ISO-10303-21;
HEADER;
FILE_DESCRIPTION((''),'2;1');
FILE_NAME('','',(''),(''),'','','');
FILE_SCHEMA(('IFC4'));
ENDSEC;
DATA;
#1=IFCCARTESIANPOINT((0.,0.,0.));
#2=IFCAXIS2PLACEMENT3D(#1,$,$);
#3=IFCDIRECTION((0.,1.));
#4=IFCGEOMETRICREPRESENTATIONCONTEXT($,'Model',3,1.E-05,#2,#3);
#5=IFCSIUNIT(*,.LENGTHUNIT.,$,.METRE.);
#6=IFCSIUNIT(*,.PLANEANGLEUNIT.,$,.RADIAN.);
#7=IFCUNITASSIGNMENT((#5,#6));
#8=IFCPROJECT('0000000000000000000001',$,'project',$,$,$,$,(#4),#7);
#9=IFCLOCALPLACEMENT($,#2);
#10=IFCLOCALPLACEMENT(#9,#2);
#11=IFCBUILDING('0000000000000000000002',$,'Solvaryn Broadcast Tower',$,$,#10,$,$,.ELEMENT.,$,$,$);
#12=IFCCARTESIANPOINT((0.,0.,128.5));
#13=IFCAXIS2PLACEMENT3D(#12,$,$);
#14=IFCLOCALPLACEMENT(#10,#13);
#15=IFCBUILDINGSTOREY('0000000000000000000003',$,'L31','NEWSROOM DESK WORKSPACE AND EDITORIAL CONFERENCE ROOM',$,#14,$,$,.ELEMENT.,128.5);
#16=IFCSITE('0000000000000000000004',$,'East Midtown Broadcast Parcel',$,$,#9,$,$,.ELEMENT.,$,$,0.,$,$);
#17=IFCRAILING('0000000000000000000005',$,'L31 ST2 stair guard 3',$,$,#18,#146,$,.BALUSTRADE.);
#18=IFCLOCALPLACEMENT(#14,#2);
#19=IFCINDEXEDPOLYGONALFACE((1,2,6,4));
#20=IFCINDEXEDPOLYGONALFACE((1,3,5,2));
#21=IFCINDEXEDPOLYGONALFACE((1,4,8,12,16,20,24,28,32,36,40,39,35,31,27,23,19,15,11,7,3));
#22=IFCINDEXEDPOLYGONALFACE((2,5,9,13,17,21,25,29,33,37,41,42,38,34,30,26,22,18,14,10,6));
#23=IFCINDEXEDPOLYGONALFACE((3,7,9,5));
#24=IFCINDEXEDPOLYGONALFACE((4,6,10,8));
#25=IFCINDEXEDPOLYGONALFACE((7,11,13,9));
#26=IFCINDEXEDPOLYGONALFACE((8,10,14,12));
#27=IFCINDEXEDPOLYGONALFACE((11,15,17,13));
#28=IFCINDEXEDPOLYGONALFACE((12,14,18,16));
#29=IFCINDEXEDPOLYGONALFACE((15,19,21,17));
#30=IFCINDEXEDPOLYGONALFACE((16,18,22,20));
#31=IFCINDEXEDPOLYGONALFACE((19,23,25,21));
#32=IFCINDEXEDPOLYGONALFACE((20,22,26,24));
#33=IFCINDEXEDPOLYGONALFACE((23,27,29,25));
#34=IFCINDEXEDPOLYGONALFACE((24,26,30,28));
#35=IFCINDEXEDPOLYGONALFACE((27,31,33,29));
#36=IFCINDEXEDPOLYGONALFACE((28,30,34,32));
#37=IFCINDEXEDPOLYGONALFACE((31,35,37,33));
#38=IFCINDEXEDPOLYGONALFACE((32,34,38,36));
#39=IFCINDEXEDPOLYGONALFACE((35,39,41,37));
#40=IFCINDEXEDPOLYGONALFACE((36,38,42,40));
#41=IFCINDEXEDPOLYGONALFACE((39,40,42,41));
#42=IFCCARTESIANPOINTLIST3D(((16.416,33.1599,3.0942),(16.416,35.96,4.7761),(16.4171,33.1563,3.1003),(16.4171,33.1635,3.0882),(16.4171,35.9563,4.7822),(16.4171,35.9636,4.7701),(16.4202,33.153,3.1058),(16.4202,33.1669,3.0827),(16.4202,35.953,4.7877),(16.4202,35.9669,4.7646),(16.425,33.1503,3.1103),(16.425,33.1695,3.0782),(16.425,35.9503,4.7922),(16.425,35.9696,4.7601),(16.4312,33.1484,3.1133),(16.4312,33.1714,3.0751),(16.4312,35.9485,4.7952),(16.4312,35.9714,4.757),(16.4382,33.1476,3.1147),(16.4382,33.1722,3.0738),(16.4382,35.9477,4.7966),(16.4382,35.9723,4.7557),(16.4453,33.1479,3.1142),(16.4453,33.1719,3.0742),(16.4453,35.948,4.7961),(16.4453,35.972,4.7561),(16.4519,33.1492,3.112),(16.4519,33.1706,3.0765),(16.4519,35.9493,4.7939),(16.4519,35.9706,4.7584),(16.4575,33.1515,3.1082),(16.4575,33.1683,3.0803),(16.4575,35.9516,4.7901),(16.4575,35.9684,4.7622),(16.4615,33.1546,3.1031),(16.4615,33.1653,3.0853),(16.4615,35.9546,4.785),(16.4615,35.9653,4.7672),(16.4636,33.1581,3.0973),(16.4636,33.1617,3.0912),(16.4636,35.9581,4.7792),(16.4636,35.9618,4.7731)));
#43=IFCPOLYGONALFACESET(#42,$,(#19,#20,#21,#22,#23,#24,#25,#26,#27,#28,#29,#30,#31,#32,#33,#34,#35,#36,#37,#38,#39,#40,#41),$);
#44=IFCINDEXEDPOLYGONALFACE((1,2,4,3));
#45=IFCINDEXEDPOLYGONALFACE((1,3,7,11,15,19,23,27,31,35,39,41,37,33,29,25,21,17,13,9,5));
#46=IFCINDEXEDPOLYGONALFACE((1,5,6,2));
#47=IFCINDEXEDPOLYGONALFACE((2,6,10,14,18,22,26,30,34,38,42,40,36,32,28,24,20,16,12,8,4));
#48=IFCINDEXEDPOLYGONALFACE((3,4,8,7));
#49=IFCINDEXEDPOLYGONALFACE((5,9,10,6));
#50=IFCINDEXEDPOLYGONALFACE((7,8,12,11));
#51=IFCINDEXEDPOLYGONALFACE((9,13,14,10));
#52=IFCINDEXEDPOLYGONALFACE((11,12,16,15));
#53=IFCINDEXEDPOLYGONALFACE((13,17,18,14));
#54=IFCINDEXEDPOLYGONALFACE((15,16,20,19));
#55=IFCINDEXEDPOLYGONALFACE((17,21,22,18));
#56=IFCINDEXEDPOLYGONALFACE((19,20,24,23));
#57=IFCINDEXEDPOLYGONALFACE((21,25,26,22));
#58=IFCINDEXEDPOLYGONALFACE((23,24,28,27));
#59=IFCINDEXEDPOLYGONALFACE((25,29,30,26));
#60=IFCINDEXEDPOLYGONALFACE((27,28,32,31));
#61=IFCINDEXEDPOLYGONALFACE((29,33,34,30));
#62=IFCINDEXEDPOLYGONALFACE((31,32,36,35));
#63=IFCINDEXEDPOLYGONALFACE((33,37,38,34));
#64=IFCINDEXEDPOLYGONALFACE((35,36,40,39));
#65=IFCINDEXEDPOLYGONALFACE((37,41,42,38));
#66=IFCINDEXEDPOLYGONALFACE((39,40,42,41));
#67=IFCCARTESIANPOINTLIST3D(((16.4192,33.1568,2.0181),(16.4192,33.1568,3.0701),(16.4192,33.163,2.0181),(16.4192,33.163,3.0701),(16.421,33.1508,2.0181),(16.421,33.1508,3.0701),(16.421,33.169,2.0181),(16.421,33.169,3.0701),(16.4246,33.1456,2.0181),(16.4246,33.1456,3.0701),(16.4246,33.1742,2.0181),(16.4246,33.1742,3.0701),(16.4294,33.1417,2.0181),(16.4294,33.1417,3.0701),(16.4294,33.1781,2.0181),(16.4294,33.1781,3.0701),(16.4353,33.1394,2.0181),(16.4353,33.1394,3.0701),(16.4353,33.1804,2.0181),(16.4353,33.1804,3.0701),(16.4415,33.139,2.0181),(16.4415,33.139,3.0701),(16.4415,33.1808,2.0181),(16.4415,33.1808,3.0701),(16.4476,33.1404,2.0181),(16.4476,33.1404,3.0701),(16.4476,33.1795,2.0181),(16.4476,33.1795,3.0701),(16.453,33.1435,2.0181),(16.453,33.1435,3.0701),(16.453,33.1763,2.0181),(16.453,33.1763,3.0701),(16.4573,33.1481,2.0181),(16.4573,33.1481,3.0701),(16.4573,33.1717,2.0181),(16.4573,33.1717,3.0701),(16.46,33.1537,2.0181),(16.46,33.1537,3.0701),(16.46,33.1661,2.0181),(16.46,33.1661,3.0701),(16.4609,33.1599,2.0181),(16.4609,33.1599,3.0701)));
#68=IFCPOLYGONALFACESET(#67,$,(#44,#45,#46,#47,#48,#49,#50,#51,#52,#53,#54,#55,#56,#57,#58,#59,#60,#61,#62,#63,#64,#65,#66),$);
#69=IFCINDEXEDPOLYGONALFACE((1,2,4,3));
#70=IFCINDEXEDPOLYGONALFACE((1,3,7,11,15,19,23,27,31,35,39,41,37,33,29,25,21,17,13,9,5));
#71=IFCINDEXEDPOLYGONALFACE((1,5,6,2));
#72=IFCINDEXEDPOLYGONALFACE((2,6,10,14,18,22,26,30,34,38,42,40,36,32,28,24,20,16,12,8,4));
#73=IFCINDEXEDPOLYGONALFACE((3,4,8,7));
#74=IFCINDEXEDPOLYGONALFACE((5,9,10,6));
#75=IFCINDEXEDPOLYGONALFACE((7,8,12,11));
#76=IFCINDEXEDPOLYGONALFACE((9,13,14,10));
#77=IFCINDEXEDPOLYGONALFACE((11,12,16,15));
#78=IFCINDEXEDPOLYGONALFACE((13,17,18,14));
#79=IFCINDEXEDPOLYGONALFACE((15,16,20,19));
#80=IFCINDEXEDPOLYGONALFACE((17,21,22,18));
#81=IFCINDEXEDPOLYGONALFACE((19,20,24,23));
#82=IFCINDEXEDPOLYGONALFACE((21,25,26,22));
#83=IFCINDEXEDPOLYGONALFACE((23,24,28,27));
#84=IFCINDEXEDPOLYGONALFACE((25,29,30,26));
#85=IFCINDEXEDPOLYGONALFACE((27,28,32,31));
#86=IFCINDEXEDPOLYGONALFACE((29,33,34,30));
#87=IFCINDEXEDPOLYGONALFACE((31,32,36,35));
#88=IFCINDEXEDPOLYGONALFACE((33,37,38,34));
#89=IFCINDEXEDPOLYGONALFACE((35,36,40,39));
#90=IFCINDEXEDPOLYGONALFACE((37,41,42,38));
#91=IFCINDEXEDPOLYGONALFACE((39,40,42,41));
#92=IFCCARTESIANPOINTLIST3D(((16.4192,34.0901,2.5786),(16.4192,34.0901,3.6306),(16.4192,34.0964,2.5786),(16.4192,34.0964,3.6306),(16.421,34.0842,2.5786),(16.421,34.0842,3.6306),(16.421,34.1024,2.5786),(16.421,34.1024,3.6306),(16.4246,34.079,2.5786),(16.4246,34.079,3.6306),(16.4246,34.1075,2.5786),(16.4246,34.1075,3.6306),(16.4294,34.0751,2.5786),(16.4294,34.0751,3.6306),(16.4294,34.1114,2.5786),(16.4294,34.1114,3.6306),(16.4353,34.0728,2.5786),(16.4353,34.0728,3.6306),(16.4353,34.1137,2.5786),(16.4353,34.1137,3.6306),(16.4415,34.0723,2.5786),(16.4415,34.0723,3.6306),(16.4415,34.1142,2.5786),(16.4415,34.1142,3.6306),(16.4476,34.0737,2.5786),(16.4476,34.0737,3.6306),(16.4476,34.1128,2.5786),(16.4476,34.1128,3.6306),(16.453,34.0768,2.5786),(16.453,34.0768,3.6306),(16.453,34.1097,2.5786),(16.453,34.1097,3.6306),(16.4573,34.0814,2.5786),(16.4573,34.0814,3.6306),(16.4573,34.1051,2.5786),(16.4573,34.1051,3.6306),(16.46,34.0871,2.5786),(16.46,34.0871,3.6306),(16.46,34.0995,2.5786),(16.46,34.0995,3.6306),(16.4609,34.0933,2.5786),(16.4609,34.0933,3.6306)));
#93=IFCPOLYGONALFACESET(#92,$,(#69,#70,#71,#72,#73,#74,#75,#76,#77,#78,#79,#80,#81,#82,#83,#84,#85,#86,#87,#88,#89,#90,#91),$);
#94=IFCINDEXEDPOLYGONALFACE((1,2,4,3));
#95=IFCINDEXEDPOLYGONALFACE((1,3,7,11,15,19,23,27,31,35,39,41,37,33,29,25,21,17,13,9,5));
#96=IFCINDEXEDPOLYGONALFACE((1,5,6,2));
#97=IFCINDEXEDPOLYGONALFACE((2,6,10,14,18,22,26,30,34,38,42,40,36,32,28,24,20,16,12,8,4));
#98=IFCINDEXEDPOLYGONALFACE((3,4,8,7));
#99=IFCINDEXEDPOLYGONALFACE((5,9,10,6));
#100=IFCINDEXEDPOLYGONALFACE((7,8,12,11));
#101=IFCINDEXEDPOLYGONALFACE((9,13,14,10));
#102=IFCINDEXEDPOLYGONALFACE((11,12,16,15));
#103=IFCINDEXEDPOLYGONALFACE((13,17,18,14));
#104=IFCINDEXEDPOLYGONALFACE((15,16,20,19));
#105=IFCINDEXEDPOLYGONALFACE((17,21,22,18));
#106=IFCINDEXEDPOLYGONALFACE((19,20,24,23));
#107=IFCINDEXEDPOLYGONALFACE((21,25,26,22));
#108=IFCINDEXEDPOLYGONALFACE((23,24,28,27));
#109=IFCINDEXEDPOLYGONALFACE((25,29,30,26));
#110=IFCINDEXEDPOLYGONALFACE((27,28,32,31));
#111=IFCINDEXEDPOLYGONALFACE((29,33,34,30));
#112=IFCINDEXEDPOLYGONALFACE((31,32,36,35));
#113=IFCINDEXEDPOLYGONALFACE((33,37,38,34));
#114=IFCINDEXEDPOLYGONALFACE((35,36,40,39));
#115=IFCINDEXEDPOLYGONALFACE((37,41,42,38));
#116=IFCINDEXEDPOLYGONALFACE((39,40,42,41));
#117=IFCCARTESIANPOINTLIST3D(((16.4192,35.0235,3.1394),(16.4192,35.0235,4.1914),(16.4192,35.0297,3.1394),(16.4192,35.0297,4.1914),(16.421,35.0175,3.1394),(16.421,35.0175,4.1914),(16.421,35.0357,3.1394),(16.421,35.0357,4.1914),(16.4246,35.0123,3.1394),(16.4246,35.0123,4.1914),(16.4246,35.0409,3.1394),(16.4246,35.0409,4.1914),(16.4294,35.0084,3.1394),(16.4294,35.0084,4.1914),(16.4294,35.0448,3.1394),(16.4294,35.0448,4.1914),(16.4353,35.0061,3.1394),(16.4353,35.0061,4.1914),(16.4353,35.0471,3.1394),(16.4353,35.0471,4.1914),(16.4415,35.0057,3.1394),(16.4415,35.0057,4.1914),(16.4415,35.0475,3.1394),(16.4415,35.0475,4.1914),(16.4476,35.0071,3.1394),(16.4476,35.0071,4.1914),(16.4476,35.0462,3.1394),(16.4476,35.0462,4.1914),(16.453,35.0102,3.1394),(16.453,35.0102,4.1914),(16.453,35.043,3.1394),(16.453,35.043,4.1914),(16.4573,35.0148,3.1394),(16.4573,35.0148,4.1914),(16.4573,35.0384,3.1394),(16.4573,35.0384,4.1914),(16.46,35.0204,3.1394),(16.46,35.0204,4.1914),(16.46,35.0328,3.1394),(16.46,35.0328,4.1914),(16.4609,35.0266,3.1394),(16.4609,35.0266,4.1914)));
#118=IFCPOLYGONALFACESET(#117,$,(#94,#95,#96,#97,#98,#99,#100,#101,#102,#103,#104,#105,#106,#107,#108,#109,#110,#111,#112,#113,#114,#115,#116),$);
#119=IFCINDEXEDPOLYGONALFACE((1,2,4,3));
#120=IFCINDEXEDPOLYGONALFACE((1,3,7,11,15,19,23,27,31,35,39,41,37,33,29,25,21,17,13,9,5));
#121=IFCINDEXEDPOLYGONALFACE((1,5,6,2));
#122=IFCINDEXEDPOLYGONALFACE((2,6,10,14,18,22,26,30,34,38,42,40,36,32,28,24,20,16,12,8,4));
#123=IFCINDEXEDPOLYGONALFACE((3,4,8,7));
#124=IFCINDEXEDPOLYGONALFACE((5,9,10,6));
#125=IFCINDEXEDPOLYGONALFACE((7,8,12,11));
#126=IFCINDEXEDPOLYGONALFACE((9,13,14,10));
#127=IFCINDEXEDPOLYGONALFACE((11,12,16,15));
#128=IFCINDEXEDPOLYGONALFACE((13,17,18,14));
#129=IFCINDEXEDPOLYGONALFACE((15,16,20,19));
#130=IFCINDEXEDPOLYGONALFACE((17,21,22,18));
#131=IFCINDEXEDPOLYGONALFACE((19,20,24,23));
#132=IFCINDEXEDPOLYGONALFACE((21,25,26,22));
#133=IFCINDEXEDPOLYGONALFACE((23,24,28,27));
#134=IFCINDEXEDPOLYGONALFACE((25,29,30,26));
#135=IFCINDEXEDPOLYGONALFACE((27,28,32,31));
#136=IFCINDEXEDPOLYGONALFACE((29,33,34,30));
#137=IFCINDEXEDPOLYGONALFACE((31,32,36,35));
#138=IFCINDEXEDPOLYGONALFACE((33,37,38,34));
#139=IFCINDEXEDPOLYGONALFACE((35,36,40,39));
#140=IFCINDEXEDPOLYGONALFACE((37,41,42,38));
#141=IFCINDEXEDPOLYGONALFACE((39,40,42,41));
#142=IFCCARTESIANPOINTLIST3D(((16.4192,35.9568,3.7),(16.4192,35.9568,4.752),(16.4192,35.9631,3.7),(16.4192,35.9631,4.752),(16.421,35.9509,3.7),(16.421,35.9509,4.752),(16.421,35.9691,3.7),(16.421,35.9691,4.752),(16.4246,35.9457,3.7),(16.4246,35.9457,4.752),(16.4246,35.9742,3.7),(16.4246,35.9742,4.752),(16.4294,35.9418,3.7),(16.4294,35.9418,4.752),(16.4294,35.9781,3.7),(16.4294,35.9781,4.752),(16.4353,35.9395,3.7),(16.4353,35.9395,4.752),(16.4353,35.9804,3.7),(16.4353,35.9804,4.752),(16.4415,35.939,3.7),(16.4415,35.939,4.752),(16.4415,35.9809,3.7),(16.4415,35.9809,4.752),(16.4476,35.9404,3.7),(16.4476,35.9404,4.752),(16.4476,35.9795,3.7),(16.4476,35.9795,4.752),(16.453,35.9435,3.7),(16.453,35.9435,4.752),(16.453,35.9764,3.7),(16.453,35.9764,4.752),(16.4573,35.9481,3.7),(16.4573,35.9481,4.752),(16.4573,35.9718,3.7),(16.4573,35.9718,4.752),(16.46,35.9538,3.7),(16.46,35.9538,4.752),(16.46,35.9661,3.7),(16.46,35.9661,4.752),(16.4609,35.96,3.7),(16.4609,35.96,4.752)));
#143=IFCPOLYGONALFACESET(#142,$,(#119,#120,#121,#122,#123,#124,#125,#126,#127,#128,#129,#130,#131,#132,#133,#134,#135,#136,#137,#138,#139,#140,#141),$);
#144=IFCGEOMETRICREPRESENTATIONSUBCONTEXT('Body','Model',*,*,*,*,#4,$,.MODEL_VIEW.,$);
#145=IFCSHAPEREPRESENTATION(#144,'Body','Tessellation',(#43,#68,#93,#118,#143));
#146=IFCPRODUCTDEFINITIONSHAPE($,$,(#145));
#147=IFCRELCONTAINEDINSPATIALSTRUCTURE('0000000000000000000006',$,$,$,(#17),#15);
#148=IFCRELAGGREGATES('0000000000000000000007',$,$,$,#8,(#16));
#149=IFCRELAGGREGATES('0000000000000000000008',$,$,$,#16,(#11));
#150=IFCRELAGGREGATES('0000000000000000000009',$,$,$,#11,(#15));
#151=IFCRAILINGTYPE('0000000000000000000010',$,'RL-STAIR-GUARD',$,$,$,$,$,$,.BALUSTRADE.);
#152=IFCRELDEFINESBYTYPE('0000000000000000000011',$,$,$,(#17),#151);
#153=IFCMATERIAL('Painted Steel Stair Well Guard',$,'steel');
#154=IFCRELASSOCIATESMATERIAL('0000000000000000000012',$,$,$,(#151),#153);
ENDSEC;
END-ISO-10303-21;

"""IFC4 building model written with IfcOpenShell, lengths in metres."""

from ifc_helpers import new_model, si_unit, direction, frame, origin, origin_2d, place, context, subcontext, project, spatial, circle, extrude, material, type_object, element, save


model = new_model("IFC4")

# Units and contexts
model_context = context("Model", 3, precision=1e-05, world=origin(), true_north=direction((0.0, 1.0)))
body_context = subcontext(model_context, "Body", "Model", "MODEL_VIEW")
ifc_project = project(units=[si_unit("LENGTHUNIT", "METRE"), si_unit("PLANEANGLEUNIT", "RADIAN")], contexts=[model_context])

# Site, building, storey
site_placement = place(None, origin())
site = spatial("IfcSite", under=ifc_project, at=site_placement, Name="East Midtown Broadcast Parcel", CompositionType="ELEMENT", RefElevation=0.0)
building_placement = place(site_placement, origin())
building = spatial("IfcBuilding", under=site, at=building_placement, Name="Solvaryn Broadcast Tower", CompositionType="ELEMENT")
storey_placement = place(building_placement, frame((0.0, 0.0, 128.5)))
storey = spatial("IfcBuildingStorey", under=building, at=storey_placement, Name="L31", Description="NEWSROOM DESK WORKSPACE AND EDITORIAL CONFERENCE ROOM", CompositionType="ELEMENT", Elevation=128.5)

# Railing
ifc_material_1 = material(Name="Painted Steel Stair Well Guard", Category="steel")
railing_type_1 = type_object("IfcRailingType", Name="RL-STAIR-GUARD", PredefinedType="BALUSTRADE", material=ifc_material_1)
railing_1_placement = place(storey_placement, frame((16.4399, 33.1599, 2.0181)))
element("IfcRailing", 1, at=railing_1_placement, inside=storey, type_object=railing_type_1, Name="L31 ST2 stair guard 3", PredefinedType="BALUSTRADE", context=body_context, shape_type="SweptSolid", body=[
    extrude(circle(Radius=0.0239, at=origin_2d()), frame((0.0, 0.0, 1.0762), z_axis=(0.0, 0.857242, 0.514913), x_axis=(-1.0, 0.0, 0.0)), (0.0, 0.0, 1.0), 3.2664),
    extrude(circle(Radius=0.021, at=origin_2d()), origin(), (0.0, 0.0, 1.0), 1.052),
    extrude(circle(Radius=0.021, at=origin_2d()), frame((0.0, 0.9333, 0.5605)), (0.0, 0.0, 1.0), 1.052),
    extrude(circle(Radius=0.021, at=origin_2d()), frame((0.0, 1.8667, 1.1213)), (0.0, 0.0, 1.0), 1.052),
    extrude(circle(Radius=0.021, at=origin_2d()), frame((0.0, 2.8, 1.6819)), (0.0, 0.0, 1.0), 1.052),
])

save(model, "model.ifc")
